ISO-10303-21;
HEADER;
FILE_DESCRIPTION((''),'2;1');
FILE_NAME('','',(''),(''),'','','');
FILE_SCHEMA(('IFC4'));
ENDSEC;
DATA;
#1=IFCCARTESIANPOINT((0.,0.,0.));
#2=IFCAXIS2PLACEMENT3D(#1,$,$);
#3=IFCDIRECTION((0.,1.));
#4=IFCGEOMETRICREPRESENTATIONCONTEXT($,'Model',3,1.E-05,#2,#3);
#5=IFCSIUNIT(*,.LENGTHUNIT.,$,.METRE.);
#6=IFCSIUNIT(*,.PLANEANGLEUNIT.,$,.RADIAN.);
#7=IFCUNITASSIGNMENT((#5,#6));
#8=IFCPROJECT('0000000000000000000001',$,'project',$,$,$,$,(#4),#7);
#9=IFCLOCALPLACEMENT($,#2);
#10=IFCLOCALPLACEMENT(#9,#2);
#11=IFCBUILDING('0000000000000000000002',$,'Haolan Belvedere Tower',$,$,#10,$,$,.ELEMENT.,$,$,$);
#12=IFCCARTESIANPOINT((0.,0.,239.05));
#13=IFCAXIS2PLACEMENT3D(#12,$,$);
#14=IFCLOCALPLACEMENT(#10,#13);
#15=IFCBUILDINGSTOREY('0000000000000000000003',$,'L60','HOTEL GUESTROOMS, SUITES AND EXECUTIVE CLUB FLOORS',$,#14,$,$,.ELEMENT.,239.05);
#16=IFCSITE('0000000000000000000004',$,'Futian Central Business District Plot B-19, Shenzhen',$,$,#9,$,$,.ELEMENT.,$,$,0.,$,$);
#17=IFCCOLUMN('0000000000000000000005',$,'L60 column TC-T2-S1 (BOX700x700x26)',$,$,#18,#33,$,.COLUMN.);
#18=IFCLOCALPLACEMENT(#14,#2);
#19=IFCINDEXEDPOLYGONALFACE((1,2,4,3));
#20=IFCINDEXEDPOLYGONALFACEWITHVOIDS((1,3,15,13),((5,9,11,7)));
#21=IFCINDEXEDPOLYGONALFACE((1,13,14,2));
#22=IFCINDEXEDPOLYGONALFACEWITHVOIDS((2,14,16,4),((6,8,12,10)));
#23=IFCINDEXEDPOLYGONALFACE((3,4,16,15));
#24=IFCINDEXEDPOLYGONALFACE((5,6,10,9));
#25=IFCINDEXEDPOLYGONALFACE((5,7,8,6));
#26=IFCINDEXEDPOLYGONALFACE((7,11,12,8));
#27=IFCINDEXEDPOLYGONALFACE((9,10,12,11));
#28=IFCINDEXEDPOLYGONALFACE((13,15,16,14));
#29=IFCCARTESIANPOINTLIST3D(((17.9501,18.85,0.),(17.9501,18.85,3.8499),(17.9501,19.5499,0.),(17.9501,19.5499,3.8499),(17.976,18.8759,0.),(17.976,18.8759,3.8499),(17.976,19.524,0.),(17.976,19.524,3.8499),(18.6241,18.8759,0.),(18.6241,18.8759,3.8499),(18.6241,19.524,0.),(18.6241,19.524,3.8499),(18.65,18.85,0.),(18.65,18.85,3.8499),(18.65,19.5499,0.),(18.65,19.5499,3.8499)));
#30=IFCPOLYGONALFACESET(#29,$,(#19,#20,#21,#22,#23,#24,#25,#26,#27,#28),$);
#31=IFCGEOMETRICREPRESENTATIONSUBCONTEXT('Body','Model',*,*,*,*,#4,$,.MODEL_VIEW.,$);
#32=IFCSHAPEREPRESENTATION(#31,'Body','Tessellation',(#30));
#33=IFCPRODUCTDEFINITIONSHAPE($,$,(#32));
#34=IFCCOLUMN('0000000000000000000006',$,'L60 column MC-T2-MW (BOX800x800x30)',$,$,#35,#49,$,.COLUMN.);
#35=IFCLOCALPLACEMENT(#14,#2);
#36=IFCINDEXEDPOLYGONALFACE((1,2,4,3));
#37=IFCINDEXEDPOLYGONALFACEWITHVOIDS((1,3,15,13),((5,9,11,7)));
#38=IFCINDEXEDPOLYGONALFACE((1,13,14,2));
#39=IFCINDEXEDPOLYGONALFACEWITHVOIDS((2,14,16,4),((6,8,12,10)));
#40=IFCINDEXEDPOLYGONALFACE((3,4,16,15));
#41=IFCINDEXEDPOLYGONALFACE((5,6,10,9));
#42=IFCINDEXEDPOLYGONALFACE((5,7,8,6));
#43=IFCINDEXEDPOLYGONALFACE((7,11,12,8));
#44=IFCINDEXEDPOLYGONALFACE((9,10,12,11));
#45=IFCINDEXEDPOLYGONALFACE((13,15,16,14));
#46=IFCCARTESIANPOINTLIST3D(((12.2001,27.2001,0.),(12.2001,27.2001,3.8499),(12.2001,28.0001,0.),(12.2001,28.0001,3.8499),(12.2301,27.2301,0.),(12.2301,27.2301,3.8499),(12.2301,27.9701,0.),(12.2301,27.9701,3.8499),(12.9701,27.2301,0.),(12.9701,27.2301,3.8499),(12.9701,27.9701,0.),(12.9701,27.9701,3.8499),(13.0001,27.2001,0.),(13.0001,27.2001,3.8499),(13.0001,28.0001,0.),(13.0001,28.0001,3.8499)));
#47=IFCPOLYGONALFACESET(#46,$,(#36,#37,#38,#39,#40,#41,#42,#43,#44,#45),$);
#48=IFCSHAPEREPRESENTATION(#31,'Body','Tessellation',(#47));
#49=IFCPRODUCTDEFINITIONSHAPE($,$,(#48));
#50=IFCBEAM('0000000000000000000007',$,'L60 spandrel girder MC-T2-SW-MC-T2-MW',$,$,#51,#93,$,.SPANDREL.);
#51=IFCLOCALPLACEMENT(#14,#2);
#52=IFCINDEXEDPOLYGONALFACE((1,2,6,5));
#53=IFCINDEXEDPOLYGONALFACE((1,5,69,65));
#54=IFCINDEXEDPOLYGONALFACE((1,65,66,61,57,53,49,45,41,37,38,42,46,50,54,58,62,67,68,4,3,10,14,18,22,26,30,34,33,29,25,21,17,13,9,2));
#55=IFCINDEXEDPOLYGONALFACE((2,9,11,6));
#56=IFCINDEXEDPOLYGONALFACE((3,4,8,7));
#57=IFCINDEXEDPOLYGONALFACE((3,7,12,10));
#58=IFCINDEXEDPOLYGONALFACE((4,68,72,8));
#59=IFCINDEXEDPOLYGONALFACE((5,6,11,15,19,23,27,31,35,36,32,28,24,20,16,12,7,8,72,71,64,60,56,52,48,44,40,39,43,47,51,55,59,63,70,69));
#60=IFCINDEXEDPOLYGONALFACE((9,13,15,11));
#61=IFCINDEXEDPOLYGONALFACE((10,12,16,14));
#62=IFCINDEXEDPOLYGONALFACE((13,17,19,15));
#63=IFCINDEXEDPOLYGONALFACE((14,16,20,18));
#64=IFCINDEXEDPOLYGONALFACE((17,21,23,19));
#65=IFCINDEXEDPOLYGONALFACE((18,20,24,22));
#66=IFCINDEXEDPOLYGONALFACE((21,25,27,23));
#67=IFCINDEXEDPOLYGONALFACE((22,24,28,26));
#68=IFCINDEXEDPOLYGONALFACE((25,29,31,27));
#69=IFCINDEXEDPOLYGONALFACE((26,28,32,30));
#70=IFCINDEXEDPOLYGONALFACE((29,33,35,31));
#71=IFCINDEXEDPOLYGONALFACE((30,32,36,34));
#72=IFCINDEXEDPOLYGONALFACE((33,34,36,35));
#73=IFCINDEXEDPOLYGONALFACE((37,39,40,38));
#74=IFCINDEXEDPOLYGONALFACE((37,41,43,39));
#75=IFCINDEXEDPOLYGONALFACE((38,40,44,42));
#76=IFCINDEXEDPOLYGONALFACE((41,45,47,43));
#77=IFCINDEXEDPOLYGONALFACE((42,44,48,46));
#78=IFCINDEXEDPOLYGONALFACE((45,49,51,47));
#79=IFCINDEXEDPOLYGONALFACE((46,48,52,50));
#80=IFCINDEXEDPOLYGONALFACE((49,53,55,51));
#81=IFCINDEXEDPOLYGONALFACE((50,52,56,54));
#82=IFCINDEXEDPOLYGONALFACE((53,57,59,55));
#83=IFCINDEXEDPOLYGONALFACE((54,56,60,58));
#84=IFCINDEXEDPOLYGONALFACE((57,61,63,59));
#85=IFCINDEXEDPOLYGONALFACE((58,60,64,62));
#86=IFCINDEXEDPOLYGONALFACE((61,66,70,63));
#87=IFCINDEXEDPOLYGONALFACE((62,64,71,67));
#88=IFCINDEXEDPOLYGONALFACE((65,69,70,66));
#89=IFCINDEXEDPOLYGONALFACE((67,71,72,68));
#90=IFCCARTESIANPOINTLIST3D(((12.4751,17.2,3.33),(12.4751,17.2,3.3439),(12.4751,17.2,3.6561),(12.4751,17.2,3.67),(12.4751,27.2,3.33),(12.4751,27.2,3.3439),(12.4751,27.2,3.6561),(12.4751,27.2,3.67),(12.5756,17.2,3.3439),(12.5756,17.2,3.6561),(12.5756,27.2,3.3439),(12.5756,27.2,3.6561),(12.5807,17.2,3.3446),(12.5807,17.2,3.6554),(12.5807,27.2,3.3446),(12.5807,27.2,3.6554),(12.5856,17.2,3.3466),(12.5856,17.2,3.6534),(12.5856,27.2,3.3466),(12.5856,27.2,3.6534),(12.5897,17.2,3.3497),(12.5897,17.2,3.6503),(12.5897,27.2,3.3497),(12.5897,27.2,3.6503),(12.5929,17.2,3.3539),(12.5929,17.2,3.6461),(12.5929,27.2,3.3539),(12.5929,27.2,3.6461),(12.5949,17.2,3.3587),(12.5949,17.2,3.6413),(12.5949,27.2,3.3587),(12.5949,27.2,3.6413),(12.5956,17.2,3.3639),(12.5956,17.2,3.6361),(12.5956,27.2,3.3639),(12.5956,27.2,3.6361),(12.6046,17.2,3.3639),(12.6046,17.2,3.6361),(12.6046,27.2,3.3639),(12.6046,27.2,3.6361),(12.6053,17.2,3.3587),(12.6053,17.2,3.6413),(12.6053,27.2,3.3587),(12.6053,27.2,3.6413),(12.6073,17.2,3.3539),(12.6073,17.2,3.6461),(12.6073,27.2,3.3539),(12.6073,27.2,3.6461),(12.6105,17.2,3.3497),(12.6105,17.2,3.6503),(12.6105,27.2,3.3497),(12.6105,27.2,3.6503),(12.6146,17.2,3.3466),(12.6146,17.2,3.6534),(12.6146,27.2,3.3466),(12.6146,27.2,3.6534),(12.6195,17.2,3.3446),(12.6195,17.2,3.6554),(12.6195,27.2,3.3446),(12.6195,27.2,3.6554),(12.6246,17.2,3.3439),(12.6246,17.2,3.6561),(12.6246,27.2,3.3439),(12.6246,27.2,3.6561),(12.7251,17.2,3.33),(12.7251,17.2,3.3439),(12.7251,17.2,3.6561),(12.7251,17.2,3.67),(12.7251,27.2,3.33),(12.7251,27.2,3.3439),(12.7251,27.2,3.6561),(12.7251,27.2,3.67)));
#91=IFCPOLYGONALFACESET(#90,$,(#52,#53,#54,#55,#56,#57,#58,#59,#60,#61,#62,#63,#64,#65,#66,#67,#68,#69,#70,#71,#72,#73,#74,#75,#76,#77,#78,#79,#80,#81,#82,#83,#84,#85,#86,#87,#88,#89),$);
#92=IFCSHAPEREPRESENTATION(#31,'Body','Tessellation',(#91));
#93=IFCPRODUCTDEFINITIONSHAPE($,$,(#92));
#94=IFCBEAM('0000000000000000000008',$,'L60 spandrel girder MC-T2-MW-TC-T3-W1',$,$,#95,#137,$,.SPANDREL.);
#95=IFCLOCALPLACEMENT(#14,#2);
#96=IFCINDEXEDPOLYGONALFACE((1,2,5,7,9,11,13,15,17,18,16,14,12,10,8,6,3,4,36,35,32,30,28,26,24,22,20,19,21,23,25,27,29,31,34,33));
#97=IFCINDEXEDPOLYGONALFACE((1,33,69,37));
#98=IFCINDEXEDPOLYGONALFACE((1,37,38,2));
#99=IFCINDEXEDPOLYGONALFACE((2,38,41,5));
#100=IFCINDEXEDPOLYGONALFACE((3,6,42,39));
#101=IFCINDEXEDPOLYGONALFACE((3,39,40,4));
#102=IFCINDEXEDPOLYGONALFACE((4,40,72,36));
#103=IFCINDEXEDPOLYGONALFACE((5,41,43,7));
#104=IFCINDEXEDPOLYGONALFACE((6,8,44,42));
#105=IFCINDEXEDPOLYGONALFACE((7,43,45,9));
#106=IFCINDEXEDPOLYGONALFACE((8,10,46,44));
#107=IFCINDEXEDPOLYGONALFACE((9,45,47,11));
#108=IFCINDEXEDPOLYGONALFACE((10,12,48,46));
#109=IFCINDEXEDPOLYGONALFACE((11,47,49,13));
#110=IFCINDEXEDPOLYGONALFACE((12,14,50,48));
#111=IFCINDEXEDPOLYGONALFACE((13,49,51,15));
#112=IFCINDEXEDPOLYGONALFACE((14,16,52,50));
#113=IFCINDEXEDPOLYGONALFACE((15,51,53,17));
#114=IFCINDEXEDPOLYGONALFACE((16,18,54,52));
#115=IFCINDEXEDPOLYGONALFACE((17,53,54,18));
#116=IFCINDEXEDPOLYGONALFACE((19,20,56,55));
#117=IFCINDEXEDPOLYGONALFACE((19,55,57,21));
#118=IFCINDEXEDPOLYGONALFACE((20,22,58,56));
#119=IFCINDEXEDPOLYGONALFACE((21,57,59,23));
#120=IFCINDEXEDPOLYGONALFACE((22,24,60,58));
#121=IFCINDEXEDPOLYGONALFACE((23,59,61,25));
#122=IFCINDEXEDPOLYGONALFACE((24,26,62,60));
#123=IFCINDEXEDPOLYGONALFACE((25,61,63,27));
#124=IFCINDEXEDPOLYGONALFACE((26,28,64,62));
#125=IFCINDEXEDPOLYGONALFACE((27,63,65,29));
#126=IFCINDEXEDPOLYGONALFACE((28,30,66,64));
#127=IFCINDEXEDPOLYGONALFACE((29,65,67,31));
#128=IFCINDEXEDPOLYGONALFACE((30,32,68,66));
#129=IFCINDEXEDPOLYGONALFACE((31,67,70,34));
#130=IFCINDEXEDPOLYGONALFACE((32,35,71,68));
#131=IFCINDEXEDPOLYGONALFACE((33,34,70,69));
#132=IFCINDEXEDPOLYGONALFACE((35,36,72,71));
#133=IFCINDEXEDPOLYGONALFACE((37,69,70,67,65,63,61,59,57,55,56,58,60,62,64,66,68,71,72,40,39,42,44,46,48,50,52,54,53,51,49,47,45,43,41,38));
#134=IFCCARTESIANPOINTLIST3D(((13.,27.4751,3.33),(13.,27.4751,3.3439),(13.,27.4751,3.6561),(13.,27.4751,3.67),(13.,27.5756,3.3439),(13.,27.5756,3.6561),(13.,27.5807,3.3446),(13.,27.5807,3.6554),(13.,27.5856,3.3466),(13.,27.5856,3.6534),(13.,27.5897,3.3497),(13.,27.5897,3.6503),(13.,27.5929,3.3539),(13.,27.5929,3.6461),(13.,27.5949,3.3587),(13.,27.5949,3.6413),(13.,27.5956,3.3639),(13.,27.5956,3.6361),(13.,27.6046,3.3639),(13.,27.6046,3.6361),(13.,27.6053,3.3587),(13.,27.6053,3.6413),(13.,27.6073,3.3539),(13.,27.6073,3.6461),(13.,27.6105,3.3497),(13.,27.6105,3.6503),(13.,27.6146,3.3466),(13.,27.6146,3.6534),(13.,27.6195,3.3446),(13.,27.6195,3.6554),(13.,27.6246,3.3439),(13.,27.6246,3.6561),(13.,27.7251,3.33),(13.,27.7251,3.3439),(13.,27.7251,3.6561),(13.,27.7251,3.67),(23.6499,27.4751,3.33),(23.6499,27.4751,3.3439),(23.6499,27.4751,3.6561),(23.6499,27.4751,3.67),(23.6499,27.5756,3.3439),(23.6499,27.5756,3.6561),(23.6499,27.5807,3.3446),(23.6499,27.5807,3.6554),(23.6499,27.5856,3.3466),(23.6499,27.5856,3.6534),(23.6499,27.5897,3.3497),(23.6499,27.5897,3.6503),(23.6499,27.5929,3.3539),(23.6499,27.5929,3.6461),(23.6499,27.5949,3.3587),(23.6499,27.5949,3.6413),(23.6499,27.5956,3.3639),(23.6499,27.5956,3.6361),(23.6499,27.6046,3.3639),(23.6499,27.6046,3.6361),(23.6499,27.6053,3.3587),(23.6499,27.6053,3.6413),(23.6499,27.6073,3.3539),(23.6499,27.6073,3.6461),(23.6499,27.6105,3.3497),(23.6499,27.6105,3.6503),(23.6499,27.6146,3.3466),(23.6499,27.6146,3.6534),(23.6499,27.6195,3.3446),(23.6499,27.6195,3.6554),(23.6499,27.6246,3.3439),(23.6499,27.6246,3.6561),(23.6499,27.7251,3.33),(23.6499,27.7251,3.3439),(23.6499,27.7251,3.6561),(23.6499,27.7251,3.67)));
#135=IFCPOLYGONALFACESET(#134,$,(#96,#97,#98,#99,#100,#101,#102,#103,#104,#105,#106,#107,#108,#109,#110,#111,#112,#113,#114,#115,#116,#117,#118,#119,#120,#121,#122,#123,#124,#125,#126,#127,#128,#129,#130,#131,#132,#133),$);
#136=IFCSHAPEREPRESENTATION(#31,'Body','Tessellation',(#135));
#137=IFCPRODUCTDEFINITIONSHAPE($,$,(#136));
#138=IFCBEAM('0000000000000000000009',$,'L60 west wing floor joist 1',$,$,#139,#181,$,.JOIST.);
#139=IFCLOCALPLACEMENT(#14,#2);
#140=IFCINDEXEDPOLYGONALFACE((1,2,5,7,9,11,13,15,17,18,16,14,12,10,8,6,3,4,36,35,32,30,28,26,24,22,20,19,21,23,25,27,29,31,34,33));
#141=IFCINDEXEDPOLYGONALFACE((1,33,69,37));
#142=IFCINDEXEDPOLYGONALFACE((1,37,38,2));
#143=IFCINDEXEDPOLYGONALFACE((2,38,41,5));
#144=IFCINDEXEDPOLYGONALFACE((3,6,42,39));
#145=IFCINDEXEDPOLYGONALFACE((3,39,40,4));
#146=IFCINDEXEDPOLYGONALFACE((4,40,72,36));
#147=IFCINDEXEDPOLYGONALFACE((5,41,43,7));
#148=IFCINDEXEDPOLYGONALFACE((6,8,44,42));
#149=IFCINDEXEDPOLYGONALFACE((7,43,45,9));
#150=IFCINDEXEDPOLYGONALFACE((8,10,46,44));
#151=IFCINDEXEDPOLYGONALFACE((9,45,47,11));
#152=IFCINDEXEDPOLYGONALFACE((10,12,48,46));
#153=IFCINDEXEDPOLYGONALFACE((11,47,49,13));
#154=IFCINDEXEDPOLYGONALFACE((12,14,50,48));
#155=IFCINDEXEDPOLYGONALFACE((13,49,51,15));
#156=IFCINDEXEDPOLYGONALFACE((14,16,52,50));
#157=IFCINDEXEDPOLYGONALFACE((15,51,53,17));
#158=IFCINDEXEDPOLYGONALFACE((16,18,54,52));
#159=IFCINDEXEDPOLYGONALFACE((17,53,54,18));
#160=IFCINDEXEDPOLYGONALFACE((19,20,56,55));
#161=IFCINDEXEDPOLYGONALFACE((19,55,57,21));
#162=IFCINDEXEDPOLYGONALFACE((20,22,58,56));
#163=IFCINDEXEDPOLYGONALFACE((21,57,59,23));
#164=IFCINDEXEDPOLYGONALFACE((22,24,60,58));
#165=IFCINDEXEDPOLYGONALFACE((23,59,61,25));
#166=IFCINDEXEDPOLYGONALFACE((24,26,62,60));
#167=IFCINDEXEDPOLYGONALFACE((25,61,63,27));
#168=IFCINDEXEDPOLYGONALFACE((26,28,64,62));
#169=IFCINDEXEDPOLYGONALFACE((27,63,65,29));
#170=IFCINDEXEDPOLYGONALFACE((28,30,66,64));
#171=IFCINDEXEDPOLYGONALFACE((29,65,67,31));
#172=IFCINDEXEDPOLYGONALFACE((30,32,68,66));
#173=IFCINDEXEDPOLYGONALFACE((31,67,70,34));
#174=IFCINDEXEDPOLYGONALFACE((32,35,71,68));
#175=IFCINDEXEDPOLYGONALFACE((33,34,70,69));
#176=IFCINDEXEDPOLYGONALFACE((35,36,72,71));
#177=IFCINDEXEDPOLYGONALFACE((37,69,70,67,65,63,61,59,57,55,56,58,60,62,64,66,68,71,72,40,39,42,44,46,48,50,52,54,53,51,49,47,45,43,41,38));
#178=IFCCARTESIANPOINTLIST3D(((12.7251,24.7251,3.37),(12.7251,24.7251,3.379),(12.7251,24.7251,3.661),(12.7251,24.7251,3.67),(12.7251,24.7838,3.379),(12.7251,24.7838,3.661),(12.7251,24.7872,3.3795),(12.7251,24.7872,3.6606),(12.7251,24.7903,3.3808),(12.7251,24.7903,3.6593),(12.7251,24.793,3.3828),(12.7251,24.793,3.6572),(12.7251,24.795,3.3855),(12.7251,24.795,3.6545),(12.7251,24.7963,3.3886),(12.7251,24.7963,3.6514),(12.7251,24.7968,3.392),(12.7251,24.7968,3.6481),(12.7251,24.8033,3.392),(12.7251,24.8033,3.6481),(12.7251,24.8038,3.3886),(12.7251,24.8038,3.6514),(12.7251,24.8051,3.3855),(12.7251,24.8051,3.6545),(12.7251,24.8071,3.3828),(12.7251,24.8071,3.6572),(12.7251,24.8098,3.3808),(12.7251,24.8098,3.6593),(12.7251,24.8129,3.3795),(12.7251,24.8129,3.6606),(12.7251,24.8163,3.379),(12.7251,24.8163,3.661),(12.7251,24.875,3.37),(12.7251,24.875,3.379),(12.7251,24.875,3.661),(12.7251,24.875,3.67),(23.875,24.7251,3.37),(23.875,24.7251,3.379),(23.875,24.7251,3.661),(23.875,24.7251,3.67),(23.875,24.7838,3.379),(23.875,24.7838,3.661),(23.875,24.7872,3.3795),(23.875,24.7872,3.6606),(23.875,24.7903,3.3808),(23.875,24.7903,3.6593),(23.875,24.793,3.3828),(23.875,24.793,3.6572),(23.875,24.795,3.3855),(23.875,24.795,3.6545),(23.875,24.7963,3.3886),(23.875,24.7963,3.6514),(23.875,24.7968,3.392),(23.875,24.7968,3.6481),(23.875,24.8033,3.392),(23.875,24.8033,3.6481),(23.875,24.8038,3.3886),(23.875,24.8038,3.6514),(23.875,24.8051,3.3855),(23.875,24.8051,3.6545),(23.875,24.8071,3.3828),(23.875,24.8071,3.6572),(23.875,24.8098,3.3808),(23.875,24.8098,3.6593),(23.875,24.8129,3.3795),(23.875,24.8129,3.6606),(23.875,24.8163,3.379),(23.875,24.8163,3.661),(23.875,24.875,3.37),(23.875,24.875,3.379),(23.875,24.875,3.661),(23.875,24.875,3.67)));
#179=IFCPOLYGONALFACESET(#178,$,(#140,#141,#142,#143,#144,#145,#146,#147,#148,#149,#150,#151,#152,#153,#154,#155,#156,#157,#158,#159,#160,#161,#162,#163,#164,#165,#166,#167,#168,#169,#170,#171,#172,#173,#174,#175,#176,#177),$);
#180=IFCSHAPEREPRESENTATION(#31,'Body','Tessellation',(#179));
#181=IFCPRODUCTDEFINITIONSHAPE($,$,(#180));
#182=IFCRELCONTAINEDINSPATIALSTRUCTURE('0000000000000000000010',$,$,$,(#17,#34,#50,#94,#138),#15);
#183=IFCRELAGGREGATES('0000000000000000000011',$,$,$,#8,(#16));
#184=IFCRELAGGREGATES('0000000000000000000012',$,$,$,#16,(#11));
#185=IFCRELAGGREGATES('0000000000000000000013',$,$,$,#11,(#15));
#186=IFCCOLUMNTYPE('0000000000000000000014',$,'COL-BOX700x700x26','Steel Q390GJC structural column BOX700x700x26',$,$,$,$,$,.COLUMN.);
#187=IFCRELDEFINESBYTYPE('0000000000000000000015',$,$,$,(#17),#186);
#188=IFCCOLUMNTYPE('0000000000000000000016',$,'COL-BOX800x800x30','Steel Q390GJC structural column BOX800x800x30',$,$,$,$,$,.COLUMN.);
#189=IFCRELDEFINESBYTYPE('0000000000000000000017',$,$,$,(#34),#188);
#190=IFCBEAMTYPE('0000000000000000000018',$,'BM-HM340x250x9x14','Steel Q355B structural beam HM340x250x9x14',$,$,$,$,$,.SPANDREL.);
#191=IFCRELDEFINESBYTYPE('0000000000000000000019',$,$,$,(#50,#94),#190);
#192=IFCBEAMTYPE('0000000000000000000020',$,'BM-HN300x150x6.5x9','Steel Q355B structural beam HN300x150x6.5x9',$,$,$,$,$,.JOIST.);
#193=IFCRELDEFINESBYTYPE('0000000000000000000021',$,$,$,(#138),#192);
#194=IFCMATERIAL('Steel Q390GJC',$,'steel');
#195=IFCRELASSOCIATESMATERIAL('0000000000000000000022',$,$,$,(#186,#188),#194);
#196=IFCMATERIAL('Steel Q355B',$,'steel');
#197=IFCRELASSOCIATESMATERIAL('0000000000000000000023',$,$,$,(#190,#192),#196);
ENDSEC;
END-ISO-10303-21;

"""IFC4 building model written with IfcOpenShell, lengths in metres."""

from ifc_helpers import new_model, si_unit, direction, frame, origin, origin_2d, place, context, subcontext, project, spatial, hollow_rectangle, i_section, extrude, material, material_profile, profile_set, type_object, element, save


model = new_model("IFC4")

# Units and contexts
model_context = context("Model", 3, precision=1e-05, world=origin(), true_north=direction((0.0, 1.0)))
body_context = subcontext(model_context, "Body", "Model", "MODEL_VIEW")
ifc_project = project(units=[si_unit("LENGTHUNIT", "METRE"), si_unit("PLANEANGLEUNIT", "RADIAN")], contexts=[model_context])

# Site, building, storey
site_placement = place(None, origin())
site = spatial("IfcSite", under=ifc_project, at=site_placement, Name="Futian Central Business District Plot B-19, Shenzhen", CompositionType="ELEMENT", RefElevation=0.0)
building_placement = place(site_placement, origin())
building = spatial("IfcBuilding", under=site, at=building_placement, Name="Haolan Belvedere Tower", CompositionType="ELEMENT")
storey_placement = place(building_placement, frame((0.0, 0.0, 239.05)))
storey = spatial("IfcBuildingStorey", under=building, at=storey_placement, Name="L60", Description="HOTEL GUESTROOMS, SUITES AND EXECUTIVE CLUB FLOORS", CompositionType="ELEMENT", Elevation=239.05)

# Columns
ifc_material_1 = material(Name="Steel Q390GJC", Category="steel")
ifc_material_profile_1 = material_profile(ifc_material_1, hollow_rectangle(XDim=0.7, YDim=0.7, WallThickness=0.0259, at=origin_2d()), Name="Steel Q390GJC")
ifc_profile_set_1 = profile_set([ifc_material_profile_1], Name="Steel Q390GJC")
column_type_1 = type_object("IfcColumnType", Name="COL-BOX700x700x26", Description="Steel Q390GJC structural column BOX700x700x26", PredefinedType="COLUMN", material=ifc_profile_set_1)
column_1_placement = place(storey_placement, frame((18.3, 19.2, 0.0), z_axis=(0.0, 0.0, 1.0), x_axis=(1.0, 0.0, 0.0)))
element("IfcColumn", 1, at=column_1_placement, inside=storey, type_object=column_type_1, Name="L60 column TC-T2-S1 (BOX700x700x26)", PredefinedType="COLUMN", context=body_context, shape_type="SweptSolid", body=[
    extrude(hollow_rectangle(XDim=0.7, YDim=0.7, WallThickness=0.0259, at=origin_2d()), origin(), (0.0, 0.0, 1.0), 3.8499),
])
ifc_material_profile_2 = material_profile(ifc_material_1, hollow_rectangle(XDim=0.8, YDim=0.8, WallThickness=0.03, at=origin_2d()), Name="Steel Q390GJC")
ifc_profile_set_2 = profile_set([ifc_material_profile_2], Name="Steel Q390GJC")
column_type_2 = type_object("IfcColumnType", Name="COL-BOX800x800x30", Description="Steel Q390GJC structural column BOX800x800x30", PredefinedType="COLUMN", material=ifc_profile_set_2)
column_2_placement = place(storey_placement, frame((12.6001, 27.6001, 0.0), z_axis=(0.0, 0.0, 1.0), x_axis=(1.0, 0.0, 0.0)))
element("IfcColumn", 2, at=column_2_placement, inside=storey, type_object=column_type_2, Name="L60 column MC-T2-MW (BOX800x800x30)", PredefinedType="COLUMN", context=body_context, shape_type="SweptSolid", body=[
    extrude(hollow_rectangle(XDim=0.8, YDim=0.8, WallThickness=0.03, at=origin_2d()), origin(), (0.0, 0.0, 1.0), 3.8499),
])

# Beams
ifc_material_2 = material(Name="Steel Q355B", Category="steel")
ifc_material_profile_3 = material_profile(ifc_material_2, i_section(OverallWidth=0.25, OverallDepth=0.3401, WebThickness=0.009, FlangeThickness=0.0139, FilletRadius=0.02, at=origin_2d()), Name="Steel Q355B")
ifc_profile_set_3 = profile_set([ifc_material_profile_3], Name="Steel Q355B")
beam_type_1 = type_object("IfcBeamType", Name="BM-HM340x250x9x14", Description="Steel Q355B structural beam HM340x250x9x14", PredefinedType="SPANDREL", material=ifc_profile_set_3)
beam_1_placement = place(storey_placement, frame((12.6001, 17.2, 3.5), z_axis=(0.0, 1.0, 0.0), x_axis=(-1.0, 0.0, 0.0)))
element("IfcBeam", 3, at=beam_1_placement, inside=storey, type_object=beam_type_1, Name="L60 spandrel girder MC-T2-SW-MC-T2-MW", PredefinedType="SPANDREL", context=body_context, shape_type="SweptSolid", body=[
    extrude(i_section(OverallWidth=0.25, OverallDepth=0.3401, WebThickness=0.009, FlangeThickness=0.0139, FilletRadius=0.02, at=origin_2d()), origin(), (0.0, 0.0, 1.0), 10.0),
])
beam_2_placement = place(storey_placement, frame((13.0, 27.6001, 3.5), z_axis=(1.0, 0.0, 0.0), x_axis=(0.0, 1.0, 0.0)))
element("IfcBeam", 4, at=beam_2_placement, inside=storey, type_object=beam_type_1, Name="L60 spandrel girder MC-T2-MW-TC-T3-W1", PredefinedType="SPANDREL", context=body_context, shape_type="SweptSolid", body=[
    extrude(i_section(OverallWidth=0.25, OverallDepth=0.3401, WebThickness=0.009, FlangeThickness=0.0139, FilletRadius=0.02, at=origin_2d()), origin(), (0.0, 0.0, 1.0), 10.6499),
])
ifc_material_profile_4 = material_profile(ifc_material_2, i_section(OverallWidth=0.1499, OverallDepth=0.3, WebThickness=0.0066, FlangeThickness=0.009, FilletRadius=0.0129, at=origin_2d()), Name="Steel Q355B")
ifc_profile_set_4 = profile_set([ifc_material_profile_4], Name="Steel Q355B")
beam_type_2 = type_object("IfcBeamType", Name="BM-HN300x150x6.5x9", Description="Steel Q355B structural beam HN300x150x6.5x9", PredefinedType="JOIST", material=ifc_profile_set_4)
beam_3_placement = place(storey_placement, frame((12.7251, 24.8, 3.52), z_axis=(1.0, 0.0, 0.0), x_axis=(0.0, 1.0, 0.0)))
element("IfcBeam", 5, at=beam_3_placement, inside=storey, type_object=beam_type_2, Name="L60 west wing floor joist 1", PredefinedType="JOIST", context=body_context, shape_type="SweptSolid", body=[
    extrude(i_section(OverallWidth=0.1499, OverallDepth=0.3, WebThickness=0.0066, FlangeThickness=0.009, FilletRadius=0.0129, at=origin_2d()), origin(), (0.0, 0.0, 1.0), 11.1499),
])

save(model, "model.ifc")
